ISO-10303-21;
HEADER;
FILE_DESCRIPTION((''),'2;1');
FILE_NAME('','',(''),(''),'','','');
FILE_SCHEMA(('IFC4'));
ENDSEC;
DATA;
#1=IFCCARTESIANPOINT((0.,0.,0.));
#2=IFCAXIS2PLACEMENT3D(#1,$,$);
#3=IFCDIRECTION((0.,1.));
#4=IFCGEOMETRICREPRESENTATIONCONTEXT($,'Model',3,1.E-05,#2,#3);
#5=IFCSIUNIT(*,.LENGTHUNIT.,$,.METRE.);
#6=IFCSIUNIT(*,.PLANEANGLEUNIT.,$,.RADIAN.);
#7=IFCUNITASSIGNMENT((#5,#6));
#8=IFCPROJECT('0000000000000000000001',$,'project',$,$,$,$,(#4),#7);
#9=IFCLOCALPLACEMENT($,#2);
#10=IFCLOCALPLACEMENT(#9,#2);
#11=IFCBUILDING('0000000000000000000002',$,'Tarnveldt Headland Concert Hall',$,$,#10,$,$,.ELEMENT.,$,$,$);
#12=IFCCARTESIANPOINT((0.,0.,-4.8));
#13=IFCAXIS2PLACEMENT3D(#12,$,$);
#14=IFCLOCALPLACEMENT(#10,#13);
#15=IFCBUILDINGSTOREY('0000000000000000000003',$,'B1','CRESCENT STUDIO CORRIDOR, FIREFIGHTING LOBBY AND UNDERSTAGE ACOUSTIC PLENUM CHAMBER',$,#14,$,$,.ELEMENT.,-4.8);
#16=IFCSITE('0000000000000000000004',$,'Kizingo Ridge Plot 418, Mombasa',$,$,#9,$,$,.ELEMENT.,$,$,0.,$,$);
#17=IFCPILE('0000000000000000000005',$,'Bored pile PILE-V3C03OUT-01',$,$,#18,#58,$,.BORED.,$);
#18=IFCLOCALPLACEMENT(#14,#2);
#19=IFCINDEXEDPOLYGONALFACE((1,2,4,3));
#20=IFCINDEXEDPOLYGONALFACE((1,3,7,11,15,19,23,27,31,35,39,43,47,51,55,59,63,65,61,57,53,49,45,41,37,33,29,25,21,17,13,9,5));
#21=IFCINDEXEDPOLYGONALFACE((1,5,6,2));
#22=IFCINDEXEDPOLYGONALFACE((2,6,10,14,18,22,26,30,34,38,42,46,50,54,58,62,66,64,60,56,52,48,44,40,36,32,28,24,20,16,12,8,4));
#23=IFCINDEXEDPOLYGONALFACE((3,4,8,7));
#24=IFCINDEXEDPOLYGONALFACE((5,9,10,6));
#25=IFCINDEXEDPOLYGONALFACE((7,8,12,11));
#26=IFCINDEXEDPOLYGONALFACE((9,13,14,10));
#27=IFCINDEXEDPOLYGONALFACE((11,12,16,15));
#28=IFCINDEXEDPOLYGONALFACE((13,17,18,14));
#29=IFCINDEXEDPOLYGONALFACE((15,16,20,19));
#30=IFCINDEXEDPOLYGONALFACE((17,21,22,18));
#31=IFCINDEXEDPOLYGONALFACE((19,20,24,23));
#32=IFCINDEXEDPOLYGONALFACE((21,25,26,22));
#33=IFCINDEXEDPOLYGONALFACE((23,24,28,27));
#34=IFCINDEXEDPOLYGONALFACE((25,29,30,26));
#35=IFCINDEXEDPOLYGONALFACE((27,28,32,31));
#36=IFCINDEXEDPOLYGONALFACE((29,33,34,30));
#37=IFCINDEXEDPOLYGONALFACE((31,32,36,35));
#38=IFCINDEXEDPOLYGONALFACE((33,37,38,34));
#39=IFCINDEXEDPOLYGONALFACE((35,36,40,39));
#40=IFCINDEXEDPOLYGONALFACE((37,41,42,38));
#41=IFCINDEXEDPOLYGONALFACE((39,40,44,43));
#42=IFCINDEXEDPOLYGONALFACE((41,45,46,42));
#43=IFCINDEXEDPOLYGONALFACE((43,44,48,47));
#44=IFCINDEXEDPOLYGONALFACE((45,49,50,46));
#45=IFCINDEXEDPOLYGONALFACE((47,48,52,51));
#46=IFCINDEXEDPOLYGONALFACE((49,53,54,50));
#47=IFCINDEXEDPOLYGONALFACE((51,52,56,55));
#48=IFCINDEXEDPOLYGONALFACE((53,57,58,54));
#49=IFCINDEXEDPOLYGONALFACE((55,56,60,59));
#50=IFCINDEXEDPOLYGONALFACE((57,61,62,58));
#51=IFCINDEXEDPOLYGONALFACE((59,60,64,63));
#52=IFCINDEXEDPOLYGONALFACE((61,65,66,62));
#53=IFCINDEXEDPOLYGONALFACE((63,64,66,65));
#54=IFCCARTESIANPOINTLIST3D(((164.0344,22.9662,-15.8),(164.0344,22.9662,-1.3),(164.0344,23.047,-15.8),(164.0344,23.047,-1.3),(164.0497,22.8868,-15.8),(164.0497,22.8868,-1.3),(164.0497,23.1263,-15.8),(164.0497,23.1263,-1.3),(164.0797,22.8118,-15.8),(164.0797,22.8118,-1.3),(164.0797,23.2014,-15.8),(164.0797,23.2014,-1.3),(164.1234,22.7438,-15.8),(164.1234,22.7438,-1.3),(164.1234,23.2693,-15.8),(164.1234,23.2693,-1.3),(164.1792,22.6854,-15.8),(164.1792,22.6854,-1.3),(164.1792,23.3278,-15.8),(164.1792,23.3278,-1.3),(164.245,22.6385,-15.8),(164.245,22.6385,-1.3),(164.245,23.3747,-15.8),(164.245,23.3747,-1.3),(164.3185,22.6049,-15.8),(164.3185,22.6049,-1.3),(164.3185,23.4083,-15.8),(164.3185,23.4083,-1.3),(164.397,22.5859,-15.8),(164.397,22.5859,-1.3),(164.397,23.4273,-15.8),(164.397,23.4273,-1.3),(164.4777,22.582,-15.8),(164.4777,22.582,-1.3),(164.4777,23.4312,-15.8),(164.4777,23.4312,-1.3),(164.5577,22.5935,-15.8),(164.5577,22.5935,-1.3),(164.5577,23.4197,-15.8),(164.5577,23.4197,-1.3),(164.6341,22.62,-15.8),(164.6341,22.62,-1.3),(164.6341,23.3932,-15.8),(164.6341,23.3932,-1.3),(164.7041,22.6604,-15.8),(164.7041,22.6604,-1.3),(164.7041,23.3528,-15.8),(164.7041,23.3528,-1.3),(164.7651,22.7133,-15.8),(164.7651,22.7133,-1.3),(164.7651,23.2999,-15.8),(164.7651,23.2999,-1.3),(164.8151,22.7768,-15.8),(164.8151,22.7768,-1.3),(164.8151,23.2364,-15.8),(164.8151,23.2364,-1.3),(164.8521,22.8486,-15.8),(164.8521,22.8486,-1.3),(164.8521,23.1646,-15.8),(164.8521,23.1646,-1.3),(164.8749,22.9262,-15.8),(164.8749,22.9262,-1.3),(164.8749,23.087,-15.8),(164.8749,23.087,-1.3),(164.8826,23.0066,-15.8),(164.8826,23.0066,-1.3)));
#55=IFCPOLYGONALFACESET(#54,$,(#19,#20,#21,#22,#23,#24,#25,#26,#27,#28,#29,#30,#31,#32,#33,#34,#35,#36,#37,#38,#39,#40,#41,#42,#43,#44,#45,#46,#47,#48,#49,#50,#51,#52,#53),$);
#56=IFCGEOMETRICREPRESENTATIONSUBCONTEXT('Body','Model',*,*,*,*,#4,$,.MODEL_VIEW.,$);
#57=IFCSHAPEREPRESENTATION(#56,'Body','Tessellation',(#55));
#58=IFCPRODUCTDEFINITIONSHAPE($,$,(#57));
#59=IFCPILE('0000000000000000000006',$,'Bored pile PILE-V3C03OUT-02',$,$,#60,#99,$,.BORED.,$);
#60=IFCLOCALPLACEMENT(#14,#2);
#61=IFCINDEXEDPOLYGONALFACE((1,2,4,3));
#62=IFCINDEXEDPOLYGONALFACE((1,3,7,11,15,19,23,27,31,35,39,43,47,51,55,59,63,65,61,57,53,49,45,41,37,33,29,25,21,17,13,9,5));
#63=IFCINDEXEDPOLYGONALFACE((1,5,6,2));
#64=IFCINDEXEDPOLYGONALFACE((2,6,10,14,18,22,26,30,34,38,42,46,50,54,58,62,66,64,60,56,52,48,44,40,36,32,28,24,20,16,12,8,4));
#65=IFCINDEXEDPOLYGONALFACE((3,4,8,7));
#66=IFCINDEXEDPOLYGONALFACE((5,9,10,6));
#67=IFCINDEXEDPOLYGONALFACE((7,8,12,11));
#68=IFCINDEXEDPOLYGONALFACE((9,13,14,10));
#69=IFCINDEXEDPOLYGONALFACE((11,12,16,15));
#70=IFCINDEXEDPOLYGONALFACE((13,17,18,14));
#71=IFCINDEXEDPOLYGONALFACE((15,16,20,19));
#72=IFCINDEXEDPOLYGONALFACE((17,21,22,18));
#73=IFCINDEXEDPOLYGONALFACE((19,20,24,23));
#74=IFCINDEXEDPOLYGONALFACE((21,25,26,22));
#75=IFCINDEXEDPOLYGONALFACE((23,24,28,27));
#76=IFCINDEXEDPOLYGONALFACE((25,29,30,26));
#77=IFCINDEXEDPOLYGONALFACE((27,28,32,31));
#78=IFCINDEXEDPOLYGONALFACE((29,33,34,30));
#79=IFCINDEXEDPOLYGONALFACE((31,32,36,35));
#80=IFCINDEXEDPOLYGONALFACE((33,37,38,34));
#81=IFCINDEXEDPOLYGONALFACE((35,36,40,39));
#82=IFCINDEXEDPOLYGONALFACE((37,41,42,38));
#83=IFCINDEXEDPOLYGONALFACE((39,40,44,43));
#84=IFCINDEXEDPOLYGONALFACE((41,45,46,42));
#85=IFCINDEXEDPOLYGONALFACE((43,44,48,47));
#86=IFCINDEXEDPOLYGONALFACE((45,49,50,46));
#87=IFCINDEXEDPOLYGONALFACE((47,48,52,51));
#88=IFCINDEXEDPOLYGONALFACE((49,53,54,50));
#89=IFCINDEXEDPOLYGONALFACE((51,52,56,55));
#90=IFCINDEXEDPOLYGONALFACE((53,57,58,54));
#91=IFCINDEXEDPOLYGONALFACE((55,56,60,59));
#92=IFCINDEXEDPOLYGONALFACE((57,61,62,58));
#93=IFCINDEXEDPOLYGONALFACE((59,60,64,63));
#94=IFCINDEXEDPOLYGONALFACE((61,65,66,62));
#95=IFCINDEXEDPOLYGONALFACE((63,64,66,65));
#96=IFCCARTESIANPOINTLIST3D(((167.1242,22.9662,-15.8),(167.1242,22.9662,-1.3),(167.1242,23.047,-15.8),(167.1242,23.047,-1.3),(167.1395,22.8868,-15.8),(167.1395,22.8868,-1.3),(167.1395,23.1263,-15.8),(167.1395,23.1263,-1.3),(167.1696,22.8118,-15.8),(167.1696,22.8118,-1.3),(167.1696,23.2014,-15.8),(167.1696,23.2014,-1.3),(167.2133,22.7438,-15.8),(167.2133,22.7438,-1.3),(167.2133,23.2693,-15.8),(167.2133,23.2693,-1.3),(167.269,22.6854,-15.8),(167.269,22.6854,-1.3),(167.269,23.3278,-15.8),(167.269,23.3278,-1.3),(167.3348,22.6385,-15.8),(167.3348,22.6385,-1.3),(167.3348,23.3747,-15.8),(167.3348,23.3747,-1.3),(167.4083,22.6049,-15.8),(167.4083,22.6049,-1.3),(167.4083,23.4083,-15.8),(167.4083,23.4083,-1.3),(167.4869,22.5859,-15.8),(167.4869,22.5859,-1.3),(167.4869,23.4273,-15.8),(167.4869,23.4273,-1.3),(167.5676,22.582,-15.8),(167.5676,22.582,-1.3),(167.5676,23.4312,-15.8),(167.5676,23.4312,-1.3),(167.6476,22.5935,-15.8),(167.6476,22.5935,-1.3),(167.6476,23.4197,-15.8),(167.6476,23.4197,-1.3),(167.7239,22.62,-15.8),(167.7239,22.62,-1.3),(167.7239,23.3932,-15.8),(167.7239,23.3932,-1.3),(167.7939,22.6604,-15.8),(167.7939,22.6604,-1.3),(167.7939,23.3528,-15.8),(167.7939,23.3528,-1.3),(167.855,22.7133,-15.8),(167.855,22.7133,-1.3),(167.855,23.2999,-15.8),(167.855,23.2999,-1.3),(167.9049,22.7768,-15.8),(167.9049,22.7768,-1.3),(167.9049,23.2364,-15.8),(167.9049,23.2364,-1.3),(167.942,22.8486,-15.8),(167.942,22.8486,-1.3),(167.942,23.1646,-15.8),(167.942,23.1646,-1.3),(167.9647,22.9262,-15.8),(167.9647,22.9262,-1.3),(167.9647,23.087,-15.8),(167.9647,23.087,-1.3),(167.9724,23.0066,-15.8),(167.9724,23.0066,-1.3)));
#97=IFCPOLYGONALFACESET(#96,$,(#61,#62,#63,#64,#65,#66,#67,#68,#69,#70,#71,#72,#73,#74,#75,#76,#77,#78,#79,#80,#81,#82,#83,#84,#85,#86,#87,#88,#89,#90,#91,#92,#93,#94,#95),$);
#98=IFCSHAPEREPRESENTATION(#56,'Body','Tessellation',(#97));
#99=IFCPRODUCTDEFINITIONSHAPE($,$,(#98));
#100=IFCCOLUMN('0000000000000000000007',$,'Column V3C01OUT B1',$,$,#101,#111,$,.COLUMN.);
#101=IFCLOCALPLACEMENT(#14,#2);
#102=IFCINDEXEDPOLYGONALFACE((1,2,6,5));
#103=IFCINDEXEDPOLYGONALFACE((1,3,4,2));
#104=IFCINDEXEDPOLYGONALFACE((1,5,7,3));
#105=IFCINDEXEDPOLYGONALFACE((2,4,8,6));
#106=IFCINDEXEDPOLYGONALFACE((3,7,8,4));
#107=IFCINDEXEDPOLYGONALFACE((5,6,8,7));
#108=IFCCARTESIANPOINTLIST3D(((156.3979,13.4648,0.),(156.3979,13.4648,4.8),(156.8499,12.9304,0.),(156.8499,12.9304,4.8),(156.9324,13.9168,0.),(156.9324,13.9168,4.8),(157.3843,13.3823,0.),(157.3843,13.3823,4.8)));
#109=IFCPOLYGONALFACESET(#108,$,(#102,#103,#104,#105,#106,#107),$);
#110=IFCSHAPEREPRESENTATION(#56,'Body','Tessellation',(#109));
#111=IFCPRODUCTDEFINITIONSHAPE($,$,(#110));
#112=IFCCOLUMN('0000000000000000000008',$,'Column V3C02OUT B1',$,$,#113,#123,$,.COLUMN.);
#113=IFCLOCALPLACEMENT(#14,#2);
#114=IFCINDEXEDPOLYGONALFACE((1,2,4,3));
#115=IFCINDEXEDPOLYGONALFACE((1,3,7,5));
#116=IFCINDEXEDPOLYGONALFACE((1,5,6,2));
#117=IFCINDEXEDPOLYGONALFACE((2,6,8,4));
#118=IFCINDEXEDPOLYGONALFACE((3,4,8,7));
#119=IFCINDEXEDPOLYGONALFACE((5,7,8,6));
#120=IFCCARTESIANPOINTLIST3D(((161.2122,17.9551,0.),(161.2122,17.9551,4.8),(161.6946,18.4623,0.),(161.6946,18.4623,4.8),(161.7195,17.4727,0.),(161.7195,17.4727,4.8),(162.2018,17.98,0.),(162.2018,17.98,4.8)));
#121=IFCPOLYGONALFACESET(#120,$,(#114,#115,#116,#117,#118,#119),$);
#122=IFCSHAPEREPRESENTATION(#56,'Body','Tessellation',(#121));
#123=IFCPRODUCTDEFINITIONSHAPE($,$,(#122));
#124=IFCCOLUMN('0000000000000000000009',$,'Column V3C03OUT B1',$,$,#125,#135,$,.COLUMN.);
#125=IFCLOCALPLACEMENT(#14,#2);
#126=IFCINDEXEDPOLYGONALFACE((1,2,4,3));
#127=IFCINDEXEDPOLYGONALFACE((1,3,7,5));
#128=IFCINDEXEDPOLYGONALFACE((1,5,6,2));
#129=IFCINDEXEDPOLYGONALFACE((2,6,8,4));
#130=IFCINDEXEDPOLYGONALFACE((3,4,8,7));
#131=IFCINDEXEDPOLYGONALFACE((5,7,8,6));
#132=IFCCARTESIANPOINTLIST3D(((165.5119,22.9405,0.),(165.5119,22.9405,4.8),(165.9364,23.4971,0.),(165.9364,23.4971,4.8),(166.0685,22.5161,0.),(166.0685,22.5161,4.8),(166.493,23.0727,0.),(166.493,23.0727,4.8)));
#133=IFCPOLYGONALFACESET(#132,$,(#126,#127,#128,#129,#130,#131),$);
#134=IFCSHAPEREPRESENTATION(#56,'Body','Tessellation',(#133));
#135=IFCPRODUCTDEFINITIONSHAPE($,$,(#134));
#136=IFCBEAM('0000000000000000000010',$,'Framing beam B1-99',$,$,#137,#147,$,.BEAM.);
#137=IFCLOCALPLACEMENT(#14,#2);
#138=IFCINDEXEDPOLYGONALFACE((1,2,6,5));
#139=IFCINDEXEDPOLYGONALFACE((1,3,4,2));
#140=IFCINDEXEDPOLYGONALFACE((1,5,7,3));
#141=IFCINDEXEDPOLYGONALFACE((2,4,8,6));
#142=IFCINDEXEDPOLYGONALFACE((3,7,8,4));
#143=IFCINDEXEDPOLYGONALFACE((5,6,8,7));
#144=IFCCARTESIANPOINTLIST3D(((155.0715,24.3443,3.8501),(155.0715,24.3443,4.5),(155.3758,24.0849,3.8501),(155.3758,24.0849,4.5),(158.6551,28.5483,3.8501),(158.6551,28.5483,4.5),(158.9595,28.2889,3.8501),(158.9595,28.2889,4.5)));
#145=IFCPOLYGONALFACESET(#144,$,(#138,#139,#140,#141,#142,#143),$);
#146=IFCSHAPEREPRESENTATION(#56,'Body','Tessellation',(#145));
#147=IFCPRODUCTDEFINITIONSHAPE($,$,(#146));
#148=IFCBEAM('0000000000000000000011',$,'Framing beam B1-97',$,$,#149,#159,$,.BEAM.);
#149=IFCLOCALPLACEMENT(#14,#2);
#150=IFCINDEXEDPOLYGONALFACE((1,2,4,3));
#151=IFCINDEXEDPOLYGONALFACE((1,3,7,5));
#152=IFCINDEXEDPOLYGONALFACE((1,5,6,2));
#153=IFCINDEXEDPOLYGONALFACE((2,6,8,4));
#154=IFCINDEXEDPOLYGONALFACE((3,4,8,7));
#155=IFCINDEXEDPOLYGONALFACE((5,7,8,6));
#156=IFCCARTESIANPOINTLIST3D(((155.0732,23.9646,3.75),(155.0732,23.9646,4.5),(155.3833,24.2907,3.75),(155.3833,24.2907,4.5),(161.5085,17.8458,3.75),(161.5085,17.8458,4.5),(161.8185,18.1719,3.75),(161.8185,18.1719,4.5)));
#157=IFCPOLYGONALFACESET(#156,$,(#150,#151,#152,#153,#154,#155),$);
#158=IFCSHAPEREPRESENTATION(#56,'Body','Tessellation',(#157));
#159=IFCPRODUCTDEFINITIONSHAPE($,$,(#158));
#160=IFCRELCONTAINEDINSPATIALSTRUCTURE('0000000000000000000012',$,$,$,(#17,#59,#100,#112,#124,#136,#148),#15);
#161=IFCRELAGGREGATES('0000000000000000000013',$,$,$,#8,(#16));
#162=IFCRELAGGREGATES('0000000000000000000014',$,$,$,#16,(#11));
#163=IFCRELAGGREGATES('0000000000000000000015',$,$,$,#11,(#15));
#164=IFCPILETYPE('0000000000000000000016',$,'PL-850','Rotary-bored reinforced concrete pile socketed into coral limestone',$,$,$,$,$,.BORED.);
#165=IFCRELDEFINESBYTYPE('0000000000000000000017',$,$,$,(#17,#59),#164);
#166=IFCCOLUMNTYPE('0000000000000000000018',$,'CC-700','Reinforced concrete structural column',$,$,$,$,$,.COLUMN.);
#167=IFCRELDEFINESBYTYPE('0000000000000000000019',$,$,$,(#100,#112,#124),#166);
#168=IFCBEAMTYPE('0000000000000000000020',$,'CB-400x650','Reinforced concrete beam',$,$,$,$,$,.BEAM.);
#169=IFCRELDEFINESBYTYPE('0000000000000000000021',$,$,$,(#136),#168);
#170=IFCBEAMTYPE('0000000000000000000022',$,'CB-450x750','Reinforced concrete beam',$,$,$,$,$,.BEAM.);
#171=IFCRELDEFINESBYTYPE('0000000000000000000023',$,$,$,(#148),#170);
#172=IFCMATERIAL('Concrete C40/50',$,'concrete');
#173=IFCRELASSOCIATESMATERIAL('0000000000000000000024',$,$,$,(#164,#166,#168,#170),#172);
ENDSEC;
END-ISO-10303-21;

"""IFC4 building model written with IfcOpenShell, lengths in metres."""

from ifc_helpers import new_model, si_unit, direction, frame, origin, origin_2d, place, context, subcontext, project, spatial, rectangle, circle, extrude, material, material_profile, profile_set, type_object, element, save


model = new_model("IFC4")

# Units and contexts
model_context = context("Model", 3, precision=1e-05, world=origin(), true_north=direction((0.0, 1.0)))
body_context = subcontext(model_context, "Body", "Model", "MODEL_VIEW")
ifc_project = project(units=[si_unit("LENGTHUNIT", "METRE"), si_unit("PLANEANGLEUNIT", "RADIAN")], contexts=[model_context])

# Site, building, storey
site_placement = place(None, origin())
site = spatial("IfcSite", under=ifc_project, at=site_placement, Name="Kizingo Ridge Plot 418, Mombasa", CompositionType="ELEMENT", RefElevation=0.0)
building_placement = place(site_placement, origin())
building = spatial("IfcBuilding", under=site, at=building_placement, Name="Tarnveldt Headland Concert Hall", CompositionType="ELEMENT")
storey_placement = place(building_placement, frame((0.0, 0.0, -4.8)))
storey = spatial("IfcBuildingStorey", under=building, at=storey_placement, Name="B1", Description="CRESCENT STUDIO CORRIDOR, FIREFIGHTING LOBBY AND UNDERSTAGE ACOUSTIC PLENUM CHAMBER", CompositionType="ELEMENT", Elevation=-4.8)

# Shared definitions
ifc_material_1 = material(Name="Concrete C40/50", Category="concrete")

# Piles
ifc_material_profile_1 = material_profile(ifc_material_1, circle(Radius=0.425, at=origin_2d()), Name="BORED PILE D850", Category="concrete")
ifc_profile_set_1 = profile_set([ifc_material_profile_1], Name="Concrete C40/50")
pile_type = type_object("IfcPileType", Name="PL-850", Description="Rotary-bored reinforced concrete pile socketed into coral limestone", PredefinedType="BORED", material=ifc_profile_set_1)
for number, where, z_axis, x_axis, name in (
    (1, (164.4575, 23.0066, -1.3), (0.0, 0.0, -1.0), (1.0, 0.0, 0.0), "Bored pile PILE-V3C03OUT-01"),
    (2, (167.5474, 23.0066, -1.3), (0.0, 0.0, -1.0), (1.0, 0.0, 0.0), "Bored pile PILE-V3C03OUT-02"),
):
    element("IfcPile", number, at=place(storey_placement, frame(where, z_axis=z_axis, x_axis=x_axis)), inside=storey, type_object=pile_type, Name=name, PredefinedType="BORED", context=body_context, shape_type="SweptSolid", body=[
        extrude(circle(Radius=0.425, at=origin_2d()), origin(), (0.0, 0.0, 1.0), 14.5),
    ])

# Columns
ifc_material_profile_2 = material_profile(ifc_material_1, rectangle(XDim=0.7, YDim=0.7, at=origin_2d()), Name="RC 700x700", Category="concrete")
ifc_profile_set_2 = profile_set([ifc_material_profile_2], Name="Concrete C40/50")
column_type = type_object("IfcColumnType", Name="CC-700", Description="Reinforced concrete structural column", PredefinedType="COLUMN", material=ifc_profile_set_2)
for number, where, z_axis, x_axis, name in (
    (3, (156.8911, 13.4236, 0.0), (0.0, 0.0, 1.0), (0.645724, -0.763571, 0.0), "Column V3C01OUT B1"),
    (4, (161.707, 17.9675, 0.0), (0.0, 0.0, 1.0), (0.724653, -0.689114, 0.0), "Column V3C02OUT B1"),
    (5, (166.0024, 23.0066, 0.0), (0.0, 0.0, 1.0), (0.795156, -0.606405, 0.0), "Column V3C03OUT B1"),
):
    element("IfcColumn", number, at=place(storey_placement, frame(where, z_axis=z_axis, x_axis=x_axis)), inside=storey, type_object=column_type, Name=name, PredefinedType="COLUMN", context=body_context, shape_type="SweptSolid", body=[
        extrude(rectangle(XDim=0.7, YDim=0.7, at=origin_2d()), origin(), (0.0, 0.0, 1.0), 4.8),
    ])

# Beams
ifc_material_profile_3 = material_profile(ifc_material_1, rectangle(XDim=0.3999, YDim=0.6499, at=origin_2d()), Name="RC 400x650", Category="concrete")
ifc_profile_set_3 = profile_set([ifc_material_profile_3], Name="Concrete C40/50")
beam_type_1 = type_object("IfcBeamType", Name="CB-400x650", Description="Reinforced concrete beam", PredefinedType="BEAM", material=ifc_profile_set_3)
beam_1_placement = place(storey_placement, frame((155.2236, 24.2146, 4.175), z_axis=(0.648725, 0.761023, 0.0), x_axis=(-0.761023, 0.648725, 0.0)))
element("IfcBeam", 6, at=beam_1_placement, inside=storey, type_object=beam_type_1, Name="Framing beam B1-99", PredefinedType="BEAM", context=body_context, shape_type="SweptSolid", body=[
    extrude(rectangle(XDim=0.3999, YDim=0.6499, at=origin_2d()), origin(), (0.0, 0.0, 1.0), 5.5242),
])
ifc_material_profile_4 = material_profile(ifc_material_1, rectangle(XDim=0.45, YDim=0.75, at=origin_2d()), Name="RC 450x750", Category="concrete")
ifc_profile_set_4 = profile_set([ifc_material_profile_4], Name="Concrete C40/50")
beam_type_2 = type_object("IfcBeamType", Name="CB-450x750", Description="Reinforced concrete beam", PredefinedType="BEAM", material=ifc_profile_set_4)
beam_2_placement = place(storey_placement, frame((155.2283, 24.1277, 4.125), z_axis=(0.724698, -0.689067, 0.0), x_axis=(0.689067, 0.724698, 0.0)))
element("IfcBeam", 7, at=beam_2_placement, inside=storey, type_object=beam_type_2, Name="Framing beam B1-97", PredefinedType="BEAM", context=body_context, shape_type="SweptSolid", body=[
    extrude(rectangle(XDim=0.45, YDim=0.75, at=origin_2d()), origin(), (0.0, 0.0, 1.0), 8.8799),
])

save(model, "model.ifc")
